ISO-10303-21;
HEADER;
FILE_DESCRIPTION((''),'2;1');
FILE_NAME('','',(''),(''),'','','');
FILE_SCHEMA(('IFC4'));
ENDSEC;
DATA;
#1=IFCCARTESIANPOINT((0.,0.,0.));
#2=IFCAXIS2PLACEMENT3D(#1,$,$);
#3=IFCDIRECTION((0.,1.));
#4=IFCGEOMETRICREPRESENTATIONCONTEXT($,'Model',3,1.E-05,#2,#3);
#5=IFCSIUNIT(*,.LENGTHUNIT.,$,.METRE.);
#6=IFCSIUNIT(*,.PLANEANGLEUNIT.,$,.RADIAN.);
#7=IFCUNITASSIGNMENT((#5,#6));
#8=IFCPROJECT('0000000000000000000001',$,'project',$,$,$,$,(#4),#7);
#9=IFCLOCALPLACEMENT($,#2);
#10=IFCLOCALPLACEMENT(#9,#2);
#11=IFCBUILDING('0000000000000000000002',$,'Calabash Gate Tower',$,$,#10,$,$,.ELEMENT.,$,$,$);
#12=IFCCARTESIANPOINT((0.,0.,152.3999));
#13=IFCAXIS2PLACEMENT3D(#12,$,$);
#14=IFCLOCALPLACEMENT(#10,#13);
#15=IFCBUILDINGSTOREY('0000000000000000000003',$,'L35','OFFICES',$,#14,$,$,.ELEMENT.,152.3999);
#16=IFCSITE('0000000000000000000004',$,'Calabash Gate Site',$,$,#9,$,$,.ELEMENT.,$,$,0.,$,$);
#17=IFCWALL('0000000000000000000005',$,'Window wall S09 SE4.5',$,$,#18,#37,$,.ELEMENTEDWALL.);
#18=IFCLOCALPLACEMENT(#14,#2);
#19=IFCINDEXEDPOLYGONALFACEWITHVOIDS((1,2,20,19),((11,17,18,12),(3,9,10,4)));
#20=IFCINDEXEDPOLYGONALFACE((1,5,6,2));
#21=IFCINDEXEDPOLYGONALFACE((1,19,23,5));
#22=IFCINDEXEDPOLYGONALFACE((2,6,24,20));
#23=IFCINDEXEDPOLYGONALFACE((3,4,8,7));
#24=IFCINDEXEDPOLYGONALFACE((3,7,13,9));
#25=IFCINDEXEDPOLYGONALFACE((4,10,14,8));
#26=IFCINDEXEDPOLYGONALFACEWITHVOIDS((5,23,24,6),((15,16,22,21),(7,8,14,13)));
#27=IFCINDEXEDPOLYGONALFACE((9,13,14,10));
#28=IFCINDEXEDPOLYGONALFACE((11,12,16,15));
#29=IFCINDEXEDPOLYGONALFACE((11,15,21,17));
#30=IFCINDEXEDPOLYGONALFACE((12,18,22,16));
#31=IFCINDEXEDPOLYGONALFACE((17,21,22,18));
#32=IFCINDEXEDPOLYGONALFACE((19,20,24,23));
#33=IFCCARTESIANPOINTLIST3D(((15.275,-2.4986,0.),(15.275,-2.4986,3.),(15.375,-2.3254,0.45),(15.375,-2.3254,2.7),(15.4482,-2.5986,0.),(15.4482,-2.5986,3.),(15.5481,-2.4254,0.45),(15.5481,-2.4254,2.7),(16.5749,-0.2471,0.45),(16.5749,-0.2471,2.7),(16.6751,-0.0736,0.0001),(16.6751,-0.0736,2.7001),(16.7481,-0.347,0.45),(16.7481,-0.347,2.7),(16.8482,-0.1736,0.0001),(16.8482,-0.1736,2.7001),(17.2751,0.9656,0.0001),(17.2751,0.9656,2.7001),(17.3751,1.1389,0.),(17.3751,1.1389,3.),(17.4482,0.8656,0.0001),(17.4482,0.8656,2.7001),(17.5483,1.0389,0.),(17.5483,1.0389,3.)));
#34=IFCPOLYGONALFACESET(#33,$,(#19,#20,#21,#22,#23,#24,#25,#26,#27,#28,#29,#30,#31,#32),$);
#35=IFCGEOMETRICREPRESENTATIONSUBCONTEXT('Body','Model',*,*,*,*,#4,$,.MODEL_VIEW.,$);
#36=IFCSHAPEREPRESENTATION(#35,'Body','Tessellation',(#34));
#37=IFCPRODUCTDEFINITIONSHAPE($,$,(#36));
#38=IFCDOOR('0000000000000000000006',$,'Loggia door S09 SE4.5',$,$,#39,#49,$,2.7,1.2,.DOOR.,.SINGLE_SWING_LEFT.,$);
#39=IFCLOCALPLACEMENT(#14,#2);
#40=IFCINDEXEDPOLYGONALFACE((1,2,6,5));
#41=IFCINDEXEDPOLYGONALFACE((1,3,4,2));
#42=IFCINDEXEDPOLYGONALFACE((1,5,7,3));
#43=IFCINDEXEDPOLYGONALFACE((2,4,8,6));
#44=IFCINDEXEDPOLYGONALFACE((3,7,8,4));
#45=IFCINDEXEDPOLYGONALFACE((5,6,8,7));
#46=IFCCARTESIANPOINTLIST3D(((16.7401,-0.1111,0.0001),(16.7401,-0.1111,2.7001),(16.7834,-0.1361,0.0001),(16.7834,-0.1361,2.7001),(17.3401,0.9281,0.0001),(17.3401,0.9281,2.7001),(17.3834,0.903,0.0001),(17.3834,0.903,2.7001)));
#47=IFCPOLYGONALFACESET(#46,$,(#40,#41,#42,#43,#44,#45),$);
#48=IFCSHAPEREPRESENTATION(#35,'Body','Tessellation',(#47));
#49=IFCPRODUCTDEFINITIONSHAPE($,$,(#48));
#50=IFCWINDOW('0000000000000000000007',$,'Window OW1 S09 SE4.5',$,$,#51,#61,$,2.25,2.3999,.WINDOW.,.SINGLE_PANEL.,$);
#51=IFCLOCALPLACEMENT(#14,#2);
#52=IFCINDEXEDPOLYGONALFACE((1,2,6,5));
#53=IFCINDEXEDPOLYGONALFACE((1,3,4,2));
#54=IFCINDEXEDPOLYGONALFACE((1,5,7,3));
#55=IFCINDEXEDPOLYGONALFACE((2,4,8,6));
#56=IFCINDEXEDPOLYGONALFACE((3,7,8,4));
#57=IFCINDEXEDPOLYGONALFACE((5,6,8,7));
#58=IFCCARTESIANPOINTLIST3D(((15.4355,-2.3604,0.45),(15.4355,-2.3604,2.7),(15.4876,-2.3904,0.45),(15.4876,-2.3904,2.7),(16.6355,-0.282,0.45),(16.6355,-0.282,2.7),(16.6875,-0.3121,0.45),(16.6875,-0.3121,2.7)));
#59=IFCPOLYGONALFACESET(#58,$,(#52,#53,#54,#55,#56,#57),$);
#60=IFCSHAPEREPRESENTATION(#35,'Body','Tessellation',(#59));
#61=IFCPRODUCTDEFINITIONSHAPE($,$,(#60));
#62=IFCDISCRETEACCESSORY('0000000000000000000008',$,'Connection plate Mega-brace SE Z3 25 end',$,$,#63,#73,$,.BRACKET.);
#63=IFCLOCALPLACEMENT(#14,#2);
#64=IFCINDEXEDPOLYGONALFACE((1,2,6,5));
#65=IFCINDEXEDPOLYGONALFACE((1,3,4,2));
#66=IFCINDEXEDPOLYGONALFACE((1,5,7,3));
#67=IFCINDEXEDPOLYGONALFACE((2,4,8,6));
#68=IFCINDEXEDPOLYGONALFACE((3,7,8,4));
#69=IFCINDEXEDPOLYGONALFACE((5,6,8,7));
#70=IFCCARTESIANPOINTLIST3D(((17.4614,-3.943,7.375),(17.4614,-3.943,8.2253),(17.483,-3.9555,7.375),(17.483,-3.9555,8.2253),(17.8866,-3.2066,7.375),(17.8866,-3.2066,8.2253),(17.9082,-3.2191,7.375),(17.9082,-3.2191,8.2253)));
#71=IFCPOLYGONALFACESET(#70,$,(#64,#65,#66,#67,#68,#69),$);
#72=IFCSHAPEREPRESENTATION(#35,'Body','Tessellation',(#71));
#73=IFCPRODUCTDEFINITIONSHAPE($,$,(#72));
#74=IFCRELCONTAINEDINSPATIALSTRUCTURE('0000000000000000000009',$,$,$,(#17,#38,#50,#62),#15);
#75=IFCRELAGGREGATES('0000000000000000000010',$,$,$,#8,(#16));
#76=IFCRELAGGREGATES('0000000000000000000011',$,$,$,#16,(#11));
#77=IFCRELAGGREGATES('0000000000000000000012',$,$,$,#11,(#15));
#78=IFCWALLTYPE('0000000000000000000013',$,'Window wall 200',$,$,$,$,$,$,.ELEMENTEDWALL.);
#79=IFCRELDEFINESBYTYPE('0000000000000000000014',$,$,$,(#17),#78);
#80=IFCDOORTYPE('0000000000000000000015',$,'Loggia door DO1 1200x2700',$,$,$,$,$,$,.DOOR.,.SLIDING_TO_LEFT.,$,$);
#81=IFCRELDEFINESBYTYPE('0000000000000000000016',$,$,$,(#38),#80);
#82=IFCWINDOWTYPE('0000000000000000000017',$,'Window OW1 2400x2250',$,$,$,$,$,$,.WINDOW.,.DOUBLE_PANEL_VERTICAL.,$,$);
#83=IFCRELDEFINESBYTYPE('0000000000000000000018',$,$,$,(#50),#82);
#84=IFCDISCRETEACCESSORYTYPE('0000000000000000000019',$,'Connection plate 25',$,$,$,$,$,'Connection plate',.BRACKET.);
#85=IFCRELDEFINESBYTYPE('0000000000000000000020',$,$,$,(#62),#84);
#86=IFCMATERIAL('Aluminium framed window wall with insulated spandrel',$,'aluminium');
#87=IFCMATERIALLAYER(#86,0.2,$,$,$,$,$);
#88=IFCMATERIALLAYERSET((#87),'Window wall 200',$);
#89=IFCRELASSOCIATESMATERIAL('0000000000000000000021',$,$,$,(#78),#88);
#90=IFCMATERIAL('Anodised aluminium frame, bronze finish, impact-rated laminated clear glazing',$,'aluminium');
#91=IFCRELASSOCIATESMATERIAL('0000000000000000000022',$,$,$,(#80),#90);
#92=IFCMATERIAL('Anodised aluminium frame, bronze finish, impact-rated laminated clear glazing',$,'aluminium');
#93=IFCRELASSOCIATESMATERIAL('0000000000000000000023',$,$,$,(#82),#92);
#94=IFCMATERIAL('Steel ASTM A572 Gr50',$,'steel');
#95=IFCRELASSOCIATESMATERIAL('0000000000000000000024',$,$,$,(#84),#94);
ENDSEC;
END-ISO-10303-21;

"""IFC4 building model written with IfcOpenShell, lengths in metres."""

from ifc_helpers import new_model, si_unit, direction, frame, frame_2d, origin, origin_2d, place, context, subcontext, project, spatial, rectangle, extrude, material, layer, layer_set, type_object, element, fill, save


model = new_model("IFC4")

# Units and contexts
model_context = context("Model", 3, precision=1e-05, world=origin(), true_north=direction((0.0, 1.0)))
body_context = subcontext(model_context, "Body", "Model", "MODEL_VIEW")
ifc_project = project(units=[si_unit("LENGTHUNIT", "METRE"), si_unit("PLANEANGLEUNIT", "RADIAN")], contexts=[model_context])

# Site, building, storey
site_placement = place(None, origin())
site = spatial("IfcSite", under=ifc_project, at=site_placement, Name="Calabash Gate Site", CompositionType="ELEMENT", RefElevation=0.0)
building_placement = place(site_placement, origin())
building = spatial("IfcBuilding", under=site, at=building_placement, Name="Calabash Gate Tower", CompositionType="ELEMENT")
storey_placement = place(building_placement, frame((0.0, 0.0, 152.3999)))
storey = spatial("IfcBuildingStorey", under=building, at=storey_placement, Name="L35", Description="OFFICES", CompositionType="ELEMENT", Elevation=152.3999)

# Shared definitions
ifc_material_1 = material(Name="Aluminium framed window wall with insulated spandrel", Category="aluminium")
ifc_layer_1 = layer(ifc_material_1, 0.2)
ifc_layer_set_1 = layer_set([ifc_layer_1], Name="Window wall 200")
wall_type_1 = type_object("IfcWallType", Name="Window wall 200", PredefinedType="ELEMENTEDWALL", material=ifc_layer_set_1)

# Wall, openings, door, window
wall_1_placement = place(storey_placement, frame((15.3616, -2.5486, 0.0), z_axis=(0.0, 0.0, 1.0), x_axis=(0.500003, 0.866024, 0.0)))
wall_1 = element("IfcWall", 1, at=wall_1_placement, inside=storey, type_object=wall_type_1, Name="Window wall S09 SE4.5", PredefinedType="ELEMENTEDWALL", context=body_context, shape_type="SweptSolid", body=[
    extrude(rectangle(XDim=4.2002, YDim=0.2, at=frame_2d((2.1001, 0.0))), origin(), (0.0, 0.0, 1.0), 3.0),
])
opening_1_placement = place(wall_1_placement, frame((0.2, 0.0, 0.45)))
opening_1 = element("IfcOpeningElement", 2, at=opening_1_placement, cuts=wall_1, PredefinedType="OPENING", context=body_context, shape_type="SweptSolid", body=[
    extrude(rectangle(XDim=2.3999, YDim=2.25, at=frame_2d((1.2, 1.125))), frame((0.0, 0.1099, 0.0), z_axis=(0.0, -1.0, 0.0), x_axis=(1.0, 0.0, 0.0)), (0.0, 0.0, 1.0), 0.22),
])
opening_2_placement = place(wall_1_placement, frame((2.8, 0.0, 0.0)))
opening_2 = element("IfcOpeningElement", 3, at=opening_2_placement, cuts=wall_1, PredefinedType="OPENING", context=body_context, shape_type="SweptSolid", body=[
    extrude(rectangle(XDim=1.2, YDim=2.7, at=frame_2d((0.6001, 1.3501))), frame((0.0, 0.1099, 0.0), z_axis=(0.0, -1.0, 0.0), x_axis=(1.0, 0.0, 0.0)), (0.0, 0.0, 1.0), 0.22),
])
ifc_material_2 = material(Name="Anodised aluminium frame, bronze finish, impact-rated laminated clear glazing", Category="aluminium")
door_type_1 = type_object("IfcDoorType", Name="Loggia door DO1 1200x2700", OperationType="SLIDING_TO_LEFT", PredefinedType="DOOR", material=ifc_material_2)
door_1_placement = place(opening_2_placement, origin())
door_1 = element("IfcDoor", 4, at=door_1_placement, inside=storey, type_object=door_type_1, Name="Loggia door S09 SE4.5", OperationType="SINGLE_SWING_LEFT", OverallHeight=2.7, OverallWidth=1.2, PredefinedType="DOOR", context=body_context, shape_type="SweptSolid", body=[
    extrude(rectangle(XDim=1.2, YDim=2.7, at=frame_2d((0.6001, 1.3501))), frame((0.0, 0.0249, 0.0), z_axis=(0.0, -1.0, 0.0), x_axis=(1.0, 0.0, 0.0)), (0.0, 0.0, 1.0), 0.05),
])
fill(opening_2, door_1)
ifc_material_3 = material(Name="Anodised aluminium frame, bronze finish, impact-rated laminated clear glazing", Category="aluminium")
window_type = type_object("IfcWindowType", Name="Window OW1 2400x2250", PartitioningType="DOUBLE_PANEL_VERTICAL", PredefinedType="WINDOW", material=ifc_material_3)
window_placement = place(opening_1_placement, origin())
window = element("IfcWindow", 5, at=window_placement, inside=storey, type_object=window_type, Name="Window OW1 S09 SE4.5", OverallHeight=2.25, OverallWidth=2.3999, PartitioningType="SINGLE_PANEL", PredefinedType="WINDOW", context=body_context, shape_type="SweptSolid", body=[
    extrude(rectangle(XDim=2.3999, YDim=2.25, at=frame_2d((1.2, 1.125))), frame((0.0, 0.03, 0.0), z_axis=(0.0, -1.0, 0.0), x_axis=(1.0, 0.0, 0.0)), (0.0, 0.0, 1.0), 0.0601),
])
fill(opening_1, window)

# Discrete accessory
ifc_material_4 = material(Name="Steel ASTM A572 Gr50", Category="steel")
discrete_accessory_type = type_object("IfcDiscreteAccessoryType", Name="Connection plate 25", ElementType="Connection plate", PredefinedType="BRACKET", material=ifc_material_4)
discrete_accessory_placement = place(storey_placement, frame((17.6848, -3.5811, 7.375), z_axis=(0.0, 0.0, 1.0), x_axis=(0.5, 0.866025, 0.0)))
element("IfcDiscreteAccessory", 6, at=discrete_accessory_placement, inside=storey, type_object=discrete_accessory_type, Name="Connection plate Mega-brace SE Z3 25 end", PredefinedType="BRACKET", context=body_context, shape_type="SweptSolid", body=[
    extrude(rectangle(XDim=0.8503, YDim=0.0249, at=origin_2d()), origin(), (0.0, 0.0, 1.0), 0.8503),
])

save(model, "model.ifc")
